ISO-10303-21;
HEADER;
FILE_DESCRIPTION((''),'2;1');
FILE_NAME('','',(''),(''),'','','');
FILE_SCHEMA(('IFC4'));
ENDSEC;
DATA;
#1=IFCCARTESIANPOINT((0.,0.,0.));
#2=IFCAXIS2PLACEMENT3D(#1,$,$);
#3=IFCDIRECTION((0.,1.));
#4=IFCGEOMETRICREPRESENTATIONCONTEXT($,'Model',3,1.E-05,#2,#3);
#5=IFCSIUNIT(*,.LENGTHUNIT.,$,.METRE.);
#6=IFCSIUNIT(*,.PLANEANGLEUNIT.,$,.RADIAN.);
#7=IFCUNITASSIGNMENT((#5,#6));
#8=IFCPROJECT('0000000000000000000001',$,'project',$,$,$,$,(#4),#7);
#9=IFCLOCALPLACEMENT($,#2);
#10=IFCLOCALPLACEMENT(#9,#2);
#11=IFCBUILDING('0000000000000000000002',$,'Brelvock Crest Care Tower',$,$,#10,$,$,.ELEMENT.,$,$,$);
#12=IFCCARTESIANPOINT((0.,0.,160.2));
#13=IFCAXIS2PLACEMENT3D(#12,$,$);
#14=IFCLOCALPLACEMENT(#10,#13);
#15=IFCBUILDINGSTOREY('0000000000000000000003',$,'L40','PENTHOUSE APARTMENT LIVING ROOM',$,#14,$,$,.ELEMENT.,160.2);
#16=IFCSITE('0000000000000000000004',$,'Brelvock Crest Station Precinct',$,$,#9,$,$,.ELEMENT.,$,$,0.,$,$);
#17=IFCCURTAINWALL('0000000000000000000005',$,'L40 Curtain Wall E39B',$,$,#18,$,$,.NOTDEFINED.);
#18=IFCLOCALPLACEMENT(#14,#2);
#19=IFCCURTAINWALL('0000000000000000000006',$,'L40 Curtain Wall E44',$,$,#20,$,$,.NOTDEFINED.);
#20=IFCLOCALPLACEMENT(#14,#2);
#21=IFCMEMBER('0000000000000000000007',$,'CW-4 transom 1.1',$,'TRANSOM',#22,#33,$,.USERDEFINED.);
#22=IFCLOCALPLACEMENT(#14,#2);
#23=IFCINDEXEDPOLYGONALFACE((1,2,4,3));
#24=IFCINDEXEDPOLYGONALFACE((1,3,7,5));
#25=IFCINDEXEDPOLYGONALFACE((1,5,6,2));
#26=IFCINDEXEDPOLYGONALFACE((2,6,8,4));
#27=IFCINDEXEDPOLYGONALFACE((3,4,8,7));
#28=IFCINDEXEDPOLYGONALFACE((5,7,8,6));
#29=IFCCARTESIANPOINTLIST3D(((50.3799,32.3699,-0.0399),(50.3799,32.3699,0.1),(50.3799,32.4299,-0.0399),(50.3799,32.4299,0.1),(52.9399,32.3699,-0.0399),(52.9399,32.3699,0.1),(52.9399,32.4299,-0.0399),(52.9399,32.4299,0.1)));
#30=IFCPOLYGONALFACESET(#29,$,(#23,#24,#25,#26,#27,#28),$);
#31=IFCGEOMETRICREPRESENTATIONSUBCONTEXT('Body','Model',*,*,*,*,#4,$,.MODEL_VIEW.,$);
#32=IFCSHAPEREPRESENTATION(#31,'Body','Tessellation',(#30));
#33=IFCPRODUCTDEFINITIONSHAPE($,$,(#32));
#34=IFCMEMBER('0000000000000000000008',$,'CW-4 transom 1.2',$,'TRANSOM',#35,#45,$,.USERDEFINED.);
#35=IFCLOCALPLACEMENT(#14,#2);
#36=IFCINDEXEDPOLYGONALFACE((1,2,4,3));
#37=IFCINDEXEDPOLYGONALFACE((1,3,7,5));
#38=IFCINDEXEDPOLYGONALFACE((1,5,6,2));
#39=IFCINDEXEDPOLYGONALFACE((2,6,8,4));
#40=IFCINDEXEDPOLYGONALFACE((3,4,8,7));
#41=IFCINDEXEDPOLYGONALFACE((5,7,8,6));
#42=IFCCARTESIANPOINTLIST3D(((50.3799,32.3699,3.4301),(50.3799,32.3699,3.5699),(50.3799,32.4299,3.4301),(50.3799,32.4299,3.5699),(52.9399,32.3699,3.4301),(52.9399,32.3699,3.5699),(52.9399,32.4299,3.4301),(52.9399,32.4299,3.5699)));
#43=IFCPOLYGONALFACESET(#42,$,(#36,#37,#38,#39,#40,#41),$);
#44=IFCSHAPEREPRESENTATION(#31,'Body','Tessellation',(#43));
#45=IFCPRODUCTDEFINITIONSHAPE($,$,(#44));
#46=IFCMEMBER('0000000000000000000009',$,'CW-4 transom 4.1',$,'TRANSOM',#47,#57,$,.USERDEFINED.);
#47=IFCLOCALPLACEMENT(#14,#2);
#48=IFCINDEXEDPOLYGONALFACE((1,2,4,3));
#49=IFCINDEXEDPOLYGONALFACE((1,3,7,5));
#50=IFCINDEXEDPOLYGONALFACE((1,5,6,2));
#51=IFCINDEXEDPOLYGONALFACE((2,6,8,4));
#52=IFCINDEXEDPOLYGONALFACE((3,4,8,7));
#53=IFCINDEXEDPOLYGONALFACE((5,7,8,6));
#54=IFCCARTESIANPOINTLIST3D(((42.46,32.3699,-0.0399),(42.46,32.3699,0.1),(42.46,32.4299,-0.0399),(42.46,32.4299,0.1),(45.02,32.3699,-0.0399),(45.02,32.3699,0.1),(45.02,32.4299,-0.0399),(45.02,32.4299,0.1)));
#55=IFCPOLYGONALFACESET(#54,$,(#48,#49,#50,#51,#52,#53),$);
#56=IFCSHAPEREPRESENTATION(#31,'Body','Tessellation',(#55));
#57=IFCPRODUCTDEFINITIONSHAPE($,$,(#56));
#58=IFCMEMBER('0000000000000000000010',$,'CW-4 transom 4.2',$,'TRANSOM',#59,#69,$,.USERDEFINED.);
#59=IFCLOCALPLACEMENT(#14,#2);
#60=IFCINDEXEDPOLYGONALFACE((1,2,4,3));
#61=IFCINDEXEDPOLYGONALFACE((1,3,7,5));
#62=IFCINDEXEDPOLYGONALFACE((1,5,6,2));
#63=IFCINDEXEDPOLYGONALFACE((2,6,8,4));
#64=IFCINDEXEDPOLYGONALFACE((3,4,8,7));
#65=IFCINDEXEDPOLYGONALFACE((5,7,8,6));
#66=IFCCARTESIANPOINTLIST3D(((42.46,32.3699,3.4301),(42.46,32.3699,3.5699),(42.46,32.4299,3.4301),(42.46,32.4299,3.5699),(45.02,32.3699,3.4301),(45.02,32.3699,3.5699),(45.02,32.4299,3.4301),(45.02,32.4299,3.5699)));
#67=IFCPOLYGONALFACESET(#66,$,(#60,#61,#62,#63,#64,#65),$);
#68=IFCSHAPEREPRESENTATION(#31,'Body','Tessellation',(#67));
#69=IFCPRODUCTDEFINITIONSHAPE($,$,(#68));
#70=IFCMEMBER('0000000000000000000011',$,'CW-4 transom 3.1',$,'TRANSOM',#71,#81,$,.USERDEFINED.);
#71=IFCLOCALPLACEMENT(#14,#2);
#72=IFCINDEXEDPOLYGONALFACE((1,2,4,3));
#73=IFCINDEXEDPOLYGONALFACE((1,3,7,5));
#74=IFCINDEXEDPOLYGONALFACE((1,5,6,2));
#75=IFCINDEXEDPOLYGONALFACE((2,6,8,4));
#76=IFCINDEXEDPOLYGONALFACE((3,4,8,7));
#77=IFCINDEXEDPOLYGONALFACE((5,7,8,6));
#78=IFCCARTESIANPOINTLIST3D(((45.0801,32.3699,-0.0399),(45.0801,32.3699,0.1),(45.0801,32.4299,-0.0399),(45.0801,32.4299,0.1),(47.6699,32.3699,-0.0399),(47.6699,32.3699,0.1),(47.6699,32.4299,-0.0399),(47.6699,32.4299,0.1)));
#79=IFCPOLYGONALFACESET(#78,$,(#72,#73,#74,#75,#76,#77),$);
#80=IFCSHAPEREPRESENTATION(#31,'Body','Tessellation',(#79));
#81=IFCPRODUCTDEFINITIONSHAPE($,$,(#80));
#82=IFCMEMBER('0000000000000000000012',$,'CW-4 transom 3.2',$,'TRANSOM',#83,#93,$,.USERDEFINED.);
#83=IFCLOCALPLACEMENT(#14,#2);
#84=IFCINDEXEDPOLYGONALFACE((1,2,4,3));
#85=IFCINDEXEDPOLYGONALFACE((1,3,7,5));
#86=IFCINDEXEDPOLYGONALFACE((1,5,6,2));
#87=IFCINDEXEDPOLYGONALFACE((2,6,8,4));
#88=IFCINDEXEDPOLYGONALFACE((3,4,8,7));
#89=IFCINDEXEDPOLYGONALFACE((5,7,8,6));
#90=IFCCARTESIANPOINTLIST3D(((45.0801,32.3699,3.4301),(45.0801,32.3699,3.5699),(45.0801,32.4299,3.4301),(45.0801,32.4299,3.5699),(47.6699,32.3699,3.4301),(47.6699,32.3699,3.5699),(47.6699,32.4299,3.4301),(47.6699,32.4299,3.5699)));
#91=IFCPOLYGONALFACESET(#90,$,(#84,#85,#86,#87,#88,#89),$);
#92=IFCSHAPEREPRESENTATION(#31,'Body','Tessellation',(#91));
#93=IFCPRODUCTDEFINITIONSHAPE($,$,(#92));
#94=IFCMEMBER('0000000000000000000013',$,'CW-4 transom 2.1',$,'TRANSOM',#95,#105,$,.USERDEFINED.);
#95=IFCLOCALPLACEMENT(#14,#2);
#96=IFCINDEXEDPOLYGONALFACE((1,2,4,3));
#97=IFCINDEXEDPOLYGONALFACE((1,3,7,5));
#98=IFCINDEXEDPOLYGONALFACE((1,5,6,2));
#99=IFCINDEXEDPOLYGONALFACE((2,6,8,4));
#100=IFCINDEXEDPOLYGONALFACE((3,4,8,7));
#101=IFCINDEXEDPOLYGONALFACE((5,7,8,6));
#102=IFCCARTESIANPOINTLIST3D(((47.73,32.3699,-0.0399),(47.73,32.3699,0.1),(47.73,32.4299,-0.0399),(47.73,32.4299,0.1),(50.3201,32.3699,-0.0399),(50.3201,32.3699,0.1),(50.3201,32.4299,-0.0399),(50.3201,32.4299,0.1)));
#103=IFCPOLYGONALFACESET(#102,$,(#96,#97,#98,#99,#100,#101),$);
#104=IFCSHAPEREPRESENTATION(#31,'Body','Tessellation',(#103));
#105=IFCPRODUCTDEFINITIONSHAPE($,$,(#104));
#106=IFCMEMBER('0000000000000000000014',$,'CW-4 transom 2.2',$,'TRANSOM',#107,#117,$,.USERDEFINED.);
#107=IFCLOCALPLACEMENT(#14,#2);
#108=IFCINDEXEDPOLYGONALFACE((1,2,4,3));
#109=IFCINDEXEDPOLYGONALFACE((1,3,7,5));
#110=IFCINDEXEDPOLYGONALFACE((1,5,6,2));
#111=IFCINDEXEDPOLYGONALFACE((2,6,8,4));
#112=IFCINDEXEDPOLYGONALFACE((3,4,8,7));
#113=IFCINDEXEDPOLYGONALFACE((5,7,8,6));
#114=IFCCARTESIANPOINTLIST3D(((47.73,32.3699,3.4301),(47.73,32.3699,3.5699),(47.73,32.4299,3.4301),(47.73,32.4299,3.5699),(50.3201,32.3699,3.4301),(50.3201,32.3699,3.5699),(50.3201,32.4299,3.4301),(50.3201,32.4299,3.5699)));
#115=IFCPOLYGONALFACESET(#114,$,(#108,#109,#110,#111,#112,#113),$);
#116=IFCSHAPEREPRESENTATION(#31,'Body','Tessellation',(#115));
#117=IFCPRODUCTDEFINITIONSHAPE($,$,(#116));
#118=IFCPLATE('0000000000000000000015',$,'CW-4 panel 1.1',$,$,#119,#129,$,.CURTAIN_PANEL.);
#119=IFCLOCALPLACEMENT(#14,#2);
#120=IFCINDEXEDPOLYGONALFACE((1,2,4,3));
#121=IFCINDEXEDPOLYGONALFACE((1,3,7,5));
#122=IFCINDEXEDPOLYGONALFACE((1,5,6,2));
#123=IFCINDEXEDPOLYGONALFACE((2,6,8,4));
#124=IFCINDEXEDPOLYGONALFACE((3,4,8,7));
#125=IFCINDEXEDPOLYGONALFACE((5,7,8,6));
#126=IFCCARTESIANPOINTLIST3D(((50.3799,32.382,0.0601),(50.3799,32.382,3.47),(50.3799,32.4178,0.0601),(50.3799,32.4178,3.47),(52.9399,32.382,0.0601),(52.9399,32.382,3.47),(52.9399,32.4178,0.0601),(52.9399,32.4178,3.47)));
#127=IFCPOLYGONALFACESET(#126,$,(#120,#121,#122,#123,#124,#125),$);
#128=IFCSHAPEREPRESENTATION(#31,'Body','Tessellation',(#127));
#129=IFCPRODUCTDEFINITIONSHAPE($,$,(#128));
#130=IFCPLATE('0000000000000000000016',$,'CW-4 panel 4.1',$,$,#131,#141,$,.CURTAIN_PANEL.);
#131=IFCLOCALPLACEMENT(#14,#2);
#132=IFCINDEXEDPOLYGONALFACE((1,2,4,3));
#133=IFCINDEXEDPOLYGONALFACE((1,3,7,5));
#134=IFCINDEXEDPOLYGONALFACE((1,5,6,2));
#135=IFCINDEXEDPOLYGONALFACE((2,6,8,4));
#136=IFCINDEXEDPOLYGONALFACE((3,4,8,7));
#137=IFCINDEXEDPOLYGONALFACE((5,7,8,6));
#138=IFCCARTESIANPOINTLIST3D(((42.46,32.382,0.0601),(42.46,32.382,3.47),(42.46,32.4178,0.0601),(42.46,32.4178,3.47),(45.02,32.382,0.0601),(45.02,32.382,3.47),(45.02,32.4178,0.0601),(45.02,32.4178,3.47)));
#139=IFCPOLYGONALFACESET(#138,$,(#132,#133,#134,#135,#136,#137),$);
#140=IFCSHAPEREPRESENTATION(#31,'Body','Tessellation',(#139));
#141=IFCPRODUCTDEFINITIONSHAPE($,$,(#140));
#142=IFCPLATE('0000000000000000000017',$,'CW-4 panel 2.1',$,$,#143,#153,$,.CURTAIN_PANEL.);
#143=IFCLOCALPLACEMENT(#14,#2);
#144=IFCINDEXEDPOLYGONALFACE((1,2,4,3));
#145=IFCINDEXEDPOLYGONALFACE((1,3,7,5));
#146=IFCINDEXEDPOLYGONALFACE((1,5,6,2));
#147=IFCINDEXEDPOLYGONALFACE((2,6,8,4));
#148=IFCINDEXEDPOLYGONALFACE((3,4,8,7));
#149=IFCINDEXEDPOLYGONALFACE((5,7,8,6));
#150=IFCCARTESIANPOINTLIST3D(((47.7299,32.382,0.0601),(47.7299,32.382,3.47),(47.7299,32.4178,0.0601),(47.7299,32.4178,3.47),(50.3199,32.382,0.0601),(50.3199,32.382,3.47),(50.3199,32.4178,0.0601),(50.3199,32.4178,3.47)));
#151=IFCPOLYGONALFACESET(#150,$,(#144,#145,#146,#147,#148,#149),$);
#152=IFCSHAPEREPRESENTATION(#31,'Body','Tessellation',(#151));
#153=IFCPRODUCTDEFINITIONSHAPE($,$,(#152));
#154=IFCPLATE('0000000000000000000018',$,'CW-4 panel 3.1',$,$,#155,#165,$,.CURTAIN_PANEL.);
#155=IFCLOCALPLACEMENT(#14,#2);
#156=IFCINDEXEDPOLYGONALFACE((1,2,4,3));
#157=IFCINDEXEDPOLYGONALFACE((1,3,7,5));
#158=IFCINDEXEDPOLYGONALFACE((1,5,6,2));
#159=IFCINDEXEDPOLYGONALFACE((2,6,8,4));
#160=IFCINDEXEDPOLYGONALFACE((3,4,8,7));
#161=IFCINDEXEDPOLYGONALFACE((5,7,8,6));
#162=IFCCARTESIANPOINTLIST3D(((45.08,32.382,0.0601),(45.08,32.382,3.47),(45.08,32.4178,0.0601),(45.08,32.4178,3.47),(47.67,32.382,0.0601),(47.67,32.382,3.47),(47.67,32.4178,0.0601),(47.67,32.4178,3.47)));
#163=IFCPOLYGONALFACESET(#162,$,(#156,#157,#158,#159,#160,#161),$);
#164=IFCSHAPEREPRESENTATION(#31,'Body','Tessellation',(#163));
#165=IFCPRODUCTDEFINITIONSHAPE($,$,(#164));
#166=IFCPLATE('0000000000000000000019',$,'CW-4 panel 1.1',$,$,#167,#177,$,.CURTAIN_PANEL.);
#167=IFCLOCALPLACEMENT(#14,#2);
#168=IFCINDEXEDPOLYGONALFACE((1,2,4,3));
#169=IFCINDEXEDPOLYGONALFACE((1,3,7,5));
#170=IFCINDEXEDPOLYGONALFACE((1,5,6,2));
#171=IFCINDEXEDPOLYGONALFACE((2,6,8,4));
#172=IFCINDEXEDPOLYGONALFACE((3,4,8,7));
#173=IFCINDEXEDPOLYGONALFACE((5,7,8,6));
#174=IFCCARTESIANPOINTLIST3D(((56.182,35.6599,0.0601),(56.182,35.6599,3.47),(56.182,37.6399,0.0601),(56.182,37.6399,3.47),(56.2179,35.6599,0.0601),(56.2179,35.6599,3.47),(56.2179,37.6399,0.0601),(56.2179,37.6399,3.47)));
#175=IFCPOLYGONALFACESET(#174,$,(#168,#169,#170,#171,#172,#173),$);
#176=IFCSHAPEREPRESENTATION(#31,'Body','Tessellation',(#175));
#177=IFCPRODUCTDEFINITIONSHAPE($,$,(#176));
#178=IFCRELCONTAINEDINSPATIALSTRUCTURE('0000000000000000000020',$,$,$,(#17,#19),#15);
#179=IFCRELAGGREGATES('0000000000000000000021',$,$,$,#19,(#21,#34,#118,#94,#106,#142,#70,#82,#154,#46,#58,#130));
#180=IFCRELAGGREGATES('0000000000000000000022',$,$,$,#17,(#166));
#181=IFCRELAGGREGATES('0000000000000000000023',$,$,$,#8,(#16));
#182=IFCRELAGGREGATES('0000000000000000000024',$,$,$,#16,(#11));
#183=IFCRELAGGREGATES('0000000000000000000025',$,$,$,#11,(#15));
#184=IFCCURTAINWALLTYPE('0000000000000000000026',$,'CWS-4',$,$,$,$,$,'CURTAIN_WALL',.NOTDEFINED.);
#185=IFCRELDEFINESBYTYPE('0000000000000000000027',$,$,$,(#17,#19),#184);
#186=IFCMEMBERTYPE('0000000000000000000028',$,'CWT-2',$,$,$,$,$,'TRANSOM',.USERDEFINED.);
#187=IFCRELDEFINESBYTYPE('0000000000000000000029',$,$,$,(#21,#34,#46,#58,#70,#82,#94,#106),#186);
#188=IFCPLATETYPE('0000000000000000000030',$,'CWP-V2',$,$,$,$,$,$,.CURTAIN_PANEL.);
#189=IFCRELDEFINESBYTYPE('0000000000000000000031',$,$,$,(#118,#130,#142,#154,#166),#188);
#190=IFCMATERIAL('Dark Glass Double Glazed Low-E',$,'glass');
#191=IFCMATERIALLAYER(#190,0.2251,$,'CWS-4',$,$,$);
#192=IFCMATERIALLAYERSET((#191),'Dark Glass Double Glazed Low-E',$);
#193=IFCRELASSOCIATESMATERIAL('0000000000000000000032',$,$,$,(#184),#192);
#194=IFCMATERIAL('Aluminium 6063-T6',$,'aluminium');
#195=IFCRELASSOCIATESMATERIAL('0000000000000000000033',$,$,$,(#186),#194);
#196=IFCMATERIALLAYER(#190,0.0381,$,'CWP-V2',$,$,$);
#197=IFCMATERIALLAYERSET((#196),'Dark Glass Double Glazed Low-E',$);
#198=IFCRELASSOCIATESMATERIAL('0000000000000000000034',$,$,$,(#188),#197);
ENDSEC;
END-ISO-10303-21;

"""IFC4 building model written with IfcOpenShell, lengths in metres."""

from ifc_helpers import new_model, si_unit, direction, frame, origin, origin_2d, place, context, subcontext, project, spatial, rectangle, extrude, source, transform, mapped, material, layer, layer_set, material_profile, profile_set, type_object, element, aggregate, save


model = new_model("IFC4")

# Units and contexts
model_context = context("Model", 3, precision=1e-05, world=origin(), true_north=direction((0.0, 1.0)))
body_context = subcontext(model_context, "Body", "Model", "MODEL_VIEW")
ifc_project = project(units=[si_unit("LENGTHUNIT", "METRE"), si_unit("PLANEANGLEUNIT", "RADIAN")], contexts=[model_context])

# Site, building, storey
site_placement = place(None, origin())
site = spatial("IfcSite", under=ifc_project, at=site_placement, Name="Brelvock Crest Station Precinct", CompositionType="ELEMENT", RefElevation=0.0)
building_placement = place(site_placement, origin())
building = spatial("IfcBuilding", under=site, at=building_placement, Name="Brelvock Crest Care Tower", CompositionType="ELEMENT")
storey_placement = place(building_placement, frame((0.0, 0.0, 160.2)))
storey = spatial("IfcBuildingStorey", under=building, at=storey_placement, Name="L40", Description="PENTHOUSE APARTMENT LIVING ROOM", CompositionType="ELEMENT", Elevation=160.2)

# Curtain wall
ifc_material_1 = material(Name="Dark Glass Double Glazed Low-E", Category="glass")
ifc_layer_1 = layer(ifc_material_1, 0.2251, Name="CWS-4")
ifc_layer_set_1 = layer_set([ifc_layer_1], Name="Dark Glass Double Glazed Low-E")
curtain_wall_type = type_object("IfcCurtainWallType", Name="CWS-4", ElementType="CURTAIN_WALL", PredefinedType="NOTDEFINED", material=ifc_layer_set_1)
curtain_wall_1_placement = place(storey_placement, origin())
curtain_wall_1 = element("IfcCurtainWall", 1, at=curtain_wall_1_placement, inside=storey, type_object=curtain_wall_type, Name="L40 Curtain Wall E39B", PredefinedType="NOTDEFINED")
ifc_material_2 = material(Name="Aluminium 6063-T6", Category="aluminium")

# Curtain wall, members, plates
curtain_wall_2_placement = place(storey_placement, origin())
curtain_wall_2 = element("IfcCurtainWall", 2, at=curtain_wall_2_placement, inside=storey, type_object=curtain_wall_type, Name="L40 Curtain Wall E44", PredefinedType="NOTDEFINED")
ifc_material_profile_1 = material_profile(ifc_material_2, rectangle(XDim=0.0601, YDim=0.1399, at=origin_2d()), Name="ALU60x140")
ifc_profile_set_1 = profile_set([ifc_material_profile_1], Name="Aluminium 6063-T6")
member_type_1 = type_object("IfcMemberType", Name="CWT-2", ElementType="TRANSOM", PredefinedType="USERDEFINED", material=ifc_profile_set_1)
shared_shape_1 = source(origin(), body_context, "Body", "SweptSolid", [
    extrude(rectangle(XDim=0.0601, YDim=0.1399, at=origin_2d()), origin(), (0.0, 0.0, 1.0), 2.5601),
])
member_1_placement = place(storey_placement, frame((52.9399, 32.3999, 0.03), z_axis=(-1.0, 0.0, 0.0), x_axis=(0.0, -1.0, 0.0)))
member_1 = element("IfcMember", 3, at=member_1_placement, type_object=member_type_1, Name="CW-4 transom 1.1", ObjectType="TRANSOM", PredefinedType="USERDEFINED", context=body_context, shape_type="MappedRepresentation", body=[
    mapped(shared_shape_1, transform((0.0, 0.0, 0.0), x_axis=(1.0, 0.0, 0.0), y_axis=(0.0, 1.0, 0.0), z_axis=(0.0, 0.0, 1.0), scale=1.0)),
])
member_2_placement = place(storey_placement, frame((52.9399, 32.3999, 3.5), z_axis=(-1.0, 0.0, 0.0), x_axis=(0.0, -1.0, 0.0)))
member_2 = element("IfcMember", 4, at=member_2_placement, type_object=member_type_1, Name="CW-4 transom 1.2", ObjectType="TRANSOM", PredefinedType="USERDEFINED", context=body_context, shape_type="MappedRepresentation", body=[
    mapped(shared_shape_1, transform((0.0, 0.0, 0.0), x_axis=(1.0, 0.0, 0.0), y_axis=(0.0, 1.0, 0.0), z_axis=(0.0, 0.0, 1.0), scale=1.0)),
])
member_3_placement = place(storey_placement, frame((45.02, 32.3999, 0.03), z_axis=(-1.0, 0.0, 0.0), x_axis=(0.0, -1.0, 0.0)))
member_3 = element("IfcMember", 5, at=member_3_placement, type_object=member_type_1, Name="CW-4 transom 4.1", ObjectType="TRANSOM", PredefinedType="USERDEFINED", context=body_context, shape_type="MappedRepresentation", body=[
    mapped(shared_shape_1, transform((0.0, 0.0, 0.0), x_axis=(1.0, 0.0, 0.0), y_axis=(0.0, 1.0, 0.0), z_axis=(0.0, 0.0, 1.0), scale=1.0)),
])
member_4_placement = place(storey_placement, frame((45.02, 32.3999, 3.5), z_axis=(-1.0, 0.0, 0.0), x_axis=(0.0, -1.0, 0.0)))
member_4 = element("IfcMember", 6, at=member_4_placement, type_object=member_type_1, Name="CW-4 transom 4.2", ObjectType="TRANSOM", PredefinedType="USERDEFINED", context=body_context, shape_type="MappedRepresentation", body=[
    mapped(shared_shape_1, transform((0.0, 0.0, 0.0), x_axis=(1.0, 0.0, 0.0), y_axis=(0.0, 1.0, 0.0), z_axis=(0.0, 0.0, 1.0), scale=1.0)),
])
shared_shape_2 = source(origin(), body_context, "Body", "SweptSolid", [
    extrude(rectangle(XDim=0.0601, YDim=0.1399, at=origin_2d()), origin(), (0.0, 0.0, 1.0), 2.5898),
])
member_5_placement = place(storey_placement, frame((47.6699, 32.3999, 0.03), z_axis=(-1.0, 0.0, 0.0), x_axis=(0.0, -1.0, 0.0)))
member_5 = element("IfcMember", 7, at=member_5_placement, type_object=member_type_1, Name="CW-4 transom 3.1", ObjectType="TRANSOM", PredefinedType="USERDEFINED", context=body_context, shape_type="MappedRepresentation", body=[
    mapped(shared_shape_2, transform((0.0, 0.0, 0.0), x_axis=(1.0, 0.0, 0.0), y_axis=(0.0, 1.0, 0.0), z_axis=(0.0, 0.0, 1.0), scale=1.0)),
])
member_6_placement = place(storey_placement, frame((47.6699, 32.3999, 3.5), z_axis=(-1.0, 0.0, 0.0), x_axis=(0.0, -1.0, 0.0)))
member_6 = element("IfcMember", 8, at=member_6_placement, type_object=member_type_1, Name="CW-4 transom 3.2", ObjectType="TRANSOM", PredefinedType="USERDEFINED", context=body_context, shape_type="MappedRepresentation", body=[
    mapped(shared_shape_2, transform((0.0, 0.0, 0.0), x_axis=(1.0, 0.0, 0.0), y_axis=(0.0, 1.0, 0.0), z_axis=(0.0, 0.0, 1.0), scale=1.0)),
])
shared_shape_3 = source(origin(), body_context, "Body", "SweptSolid", [
    extrude(rectangle(XDim=0.0601, YDim=0.1399, at=origin_2d()), origin(), (0.0, 0.0, 1.0), 2.5901),
])
member_7_placement = place(storey_placement, frame((50.3201, 32.3999, 0.03), z_axis=(-1.0, 0.0, 0.0), x_axis=(0.0, -1.0, 0.0)))
member_7 = element("IfcMember", 9, at=member_7_placement, type_object=member_type_1, Name="CW-4 transom 2.1", ObjectType="TRANSOM", PredefinedType="USERDEFINED", context=body_context, shape_type="MappedRepresentation", body=[
    mapped(shared_shape_3, transform((0.0, 0.0, 0.0), x_axis=(1.0, 0.0, 0.0), y_axis=(0.0, 1.0, 0.0), z_axis=(0.0, 0.0, 1.0), scale=1.0)),
])
member_8_placement = place(storey_placement, frame((50.3201, 32.3999, 3.5), z_axis=(-1.0, 0.0, 0.0), x_axis=(0.0, -1.0, 0.0)))
member_8 = element("IfcMember", 10, at=member_8_placement, type_object=member_type_1, Name="CW-4 transom 2.2", ObjectType="TRANSOM", PredefinedType="USERDEFINED", context=body_context, shape_type="MappedRepresentation", body=[
    mapped(shared_shape_3, transform((0.0, 0.0, 0.0), x_axis=(1.0, 0.0, 0.0), y_axis=(0.0, 1.0, 0.0), z_axis=(0.0, 0.0, 1.0), scale=1.0)),
])
ifc_layer_2 = layer(ifc_material_1, 0.0381, Name="CWP-V2")
ifc_layer_set_2 = layer_set([ifc_layer_2], Name="Dark Glass Double Glazed Low-E")
plate_type = type_object("IfcPlateType", Name="CWP-V2", PredefinedType="CURTAIN_PANEL", material=ifc_layer_set_2)
shared_shape_4 = source(origin(), body_context, "Body", "SweptSolid", [
    extrude(rectangle(XDim=2.5601, YDim=0.0359, at=origin_2d()), origin(), (0.0, 0.0, 1.0), 3.4099),
])
plate_1_placement = place(storey_placement, frame((51.6599, 32.3999, 0.0601), z_axis=(0.0, 0.0, 1.0), x_axis=(-1.0, 0.0, 0.0)))
plate_1 = element("IfcPlate", 11, at=plate_1_placement, type_object=plate_type, Name="CW-4 panel 1.1", PredefinedType="CURTAIN_PANEL", context=body_context, shape_type="MappedRepresentation", body=[
    mapped(shared_shape_4, transform((0.0, 0.0, 0.0), x_axis=(1.0, 0.0, 0.0), y_axis=(0.0, 1.0, 0.0), z_axis=(0.0, 0.0, 1.0), scale=1.0)),
])
plate_2_placement = place(storey_placement, frame((43.74, 32.3999, 0.0601), z_axis=(0.0, 0.0, 1.0), x_axis=(-1.0, 0.0, 0.0)))
plate_2 = element("IfcPlate", 12, at=plate_2_placement, type_object=plate_type, Name="CW-4 panel 4.1", PredefinedType="CURTAIN_PANEL", context=body_context, shape_type="MappedRepresentation", body=[
    mapped(shared_shape_4, transform((0.0, 0.0, 0.0), x_axis=(1.0, 0.0, 0.0), y_axis=(0.0, 1.0, 0.0), z_axis=(0.0, 0.0, 1.0), scale=1.0)),
])
shared_shape_5 = source(origin(), body_context, "Body", "SweptSolid", [
    extrude(rectangle(XDim=2.5901, YDim=0.0359, at=origin_2d()), origin(), (0.0, 0.0, 1.0), 3.4099),
])
plate_3_placement = place(storey_placement, frame((49.0249, 32.3999, 0.0601), z_axis=(0.0, 0.0, 1.0), x_axis=(-1.0, 0.0, 0.0)))
plate_3 = element("IfcPlate", 13, at=plate_3_placement, type_object=plate_type, Name="CW-4 panel 2.1", PredefinedType="CURTAIN_PANEL", context=body_context, shape_type="MappedRepresentation", body=[
    mapped(shared_shape_5, transform((0.0, 0.0, 0.0), x_axis=(1.0, 0.0, 0.0), y_axis=(0.0, 1.0, 0.0), z_axis=(0.0, 0.0, 1.0), scale=1.0)),
])
plate_4_placement = place(storey_placement, frame((46.375, 32.3999, 0.0601), z_axis=(0.0, 0.0, 1.0), x_axis=(-1.0, 0.0, 0.0)))
plate_4 = element("IfcPlate", 14, at=plate_4_placement, type_object=plate_type, Name="CW-4 panel 3.1", PredefinedType="CURTAIN_PANEL", context=body_context, shape_type="MappedRepresentation", body=[
    mapped(shared_shape_5, transform((0.0, 0.0, 0.0), x_axis=(1.0, 0.0, 0.0), y_axis=(0.0, 1.0, 0.0), z_axis=(0.0, 0.0, 1.0), scale=1.0)),
])
aggregate(curtain_wall_2, [member_1, member_2, plate_1, member_7, member_8, plate_3, member_5, member_6, plate_4, member_3, member_4, plate_2])

# Plate
shared_shape_6 = source(origin(), body_context, "Body", "SweptSolid", [
    extrude(rectangle(XDim=1.98, YDim=0.0359, at=origin_2d()), origin(), (0.0, 0.0, 1.0), 3.4099),
])
plate_5_placement = place(storey_placement, frame((56.2, 36.6499, 0.0601), z_axis=(0.0, 0.0, 1.0), x_axis=(0.0, -1.0, 0.0)))
plate_5 = element("IfcPlate", 15, at=plate_5_placement, type_object=plate_type, Name="CW-4 panel 1.1", PredefinedType="CURTAIN_PANEL", context=body_context, shape_type="MappedRepresentation", body=[
    mapped(shared_shape_6, transform((0.0, 0.0, 0.0), x_axis=(1.0, 0.0, 0.0), y_axis=(0.0, 1.0, 0.0), z_axis=(0.0, 0.0, 1.0), scale=1.0)),
])
aggregate(curtain_wall_1, [plate_5])

save(model, "model.ifc")
